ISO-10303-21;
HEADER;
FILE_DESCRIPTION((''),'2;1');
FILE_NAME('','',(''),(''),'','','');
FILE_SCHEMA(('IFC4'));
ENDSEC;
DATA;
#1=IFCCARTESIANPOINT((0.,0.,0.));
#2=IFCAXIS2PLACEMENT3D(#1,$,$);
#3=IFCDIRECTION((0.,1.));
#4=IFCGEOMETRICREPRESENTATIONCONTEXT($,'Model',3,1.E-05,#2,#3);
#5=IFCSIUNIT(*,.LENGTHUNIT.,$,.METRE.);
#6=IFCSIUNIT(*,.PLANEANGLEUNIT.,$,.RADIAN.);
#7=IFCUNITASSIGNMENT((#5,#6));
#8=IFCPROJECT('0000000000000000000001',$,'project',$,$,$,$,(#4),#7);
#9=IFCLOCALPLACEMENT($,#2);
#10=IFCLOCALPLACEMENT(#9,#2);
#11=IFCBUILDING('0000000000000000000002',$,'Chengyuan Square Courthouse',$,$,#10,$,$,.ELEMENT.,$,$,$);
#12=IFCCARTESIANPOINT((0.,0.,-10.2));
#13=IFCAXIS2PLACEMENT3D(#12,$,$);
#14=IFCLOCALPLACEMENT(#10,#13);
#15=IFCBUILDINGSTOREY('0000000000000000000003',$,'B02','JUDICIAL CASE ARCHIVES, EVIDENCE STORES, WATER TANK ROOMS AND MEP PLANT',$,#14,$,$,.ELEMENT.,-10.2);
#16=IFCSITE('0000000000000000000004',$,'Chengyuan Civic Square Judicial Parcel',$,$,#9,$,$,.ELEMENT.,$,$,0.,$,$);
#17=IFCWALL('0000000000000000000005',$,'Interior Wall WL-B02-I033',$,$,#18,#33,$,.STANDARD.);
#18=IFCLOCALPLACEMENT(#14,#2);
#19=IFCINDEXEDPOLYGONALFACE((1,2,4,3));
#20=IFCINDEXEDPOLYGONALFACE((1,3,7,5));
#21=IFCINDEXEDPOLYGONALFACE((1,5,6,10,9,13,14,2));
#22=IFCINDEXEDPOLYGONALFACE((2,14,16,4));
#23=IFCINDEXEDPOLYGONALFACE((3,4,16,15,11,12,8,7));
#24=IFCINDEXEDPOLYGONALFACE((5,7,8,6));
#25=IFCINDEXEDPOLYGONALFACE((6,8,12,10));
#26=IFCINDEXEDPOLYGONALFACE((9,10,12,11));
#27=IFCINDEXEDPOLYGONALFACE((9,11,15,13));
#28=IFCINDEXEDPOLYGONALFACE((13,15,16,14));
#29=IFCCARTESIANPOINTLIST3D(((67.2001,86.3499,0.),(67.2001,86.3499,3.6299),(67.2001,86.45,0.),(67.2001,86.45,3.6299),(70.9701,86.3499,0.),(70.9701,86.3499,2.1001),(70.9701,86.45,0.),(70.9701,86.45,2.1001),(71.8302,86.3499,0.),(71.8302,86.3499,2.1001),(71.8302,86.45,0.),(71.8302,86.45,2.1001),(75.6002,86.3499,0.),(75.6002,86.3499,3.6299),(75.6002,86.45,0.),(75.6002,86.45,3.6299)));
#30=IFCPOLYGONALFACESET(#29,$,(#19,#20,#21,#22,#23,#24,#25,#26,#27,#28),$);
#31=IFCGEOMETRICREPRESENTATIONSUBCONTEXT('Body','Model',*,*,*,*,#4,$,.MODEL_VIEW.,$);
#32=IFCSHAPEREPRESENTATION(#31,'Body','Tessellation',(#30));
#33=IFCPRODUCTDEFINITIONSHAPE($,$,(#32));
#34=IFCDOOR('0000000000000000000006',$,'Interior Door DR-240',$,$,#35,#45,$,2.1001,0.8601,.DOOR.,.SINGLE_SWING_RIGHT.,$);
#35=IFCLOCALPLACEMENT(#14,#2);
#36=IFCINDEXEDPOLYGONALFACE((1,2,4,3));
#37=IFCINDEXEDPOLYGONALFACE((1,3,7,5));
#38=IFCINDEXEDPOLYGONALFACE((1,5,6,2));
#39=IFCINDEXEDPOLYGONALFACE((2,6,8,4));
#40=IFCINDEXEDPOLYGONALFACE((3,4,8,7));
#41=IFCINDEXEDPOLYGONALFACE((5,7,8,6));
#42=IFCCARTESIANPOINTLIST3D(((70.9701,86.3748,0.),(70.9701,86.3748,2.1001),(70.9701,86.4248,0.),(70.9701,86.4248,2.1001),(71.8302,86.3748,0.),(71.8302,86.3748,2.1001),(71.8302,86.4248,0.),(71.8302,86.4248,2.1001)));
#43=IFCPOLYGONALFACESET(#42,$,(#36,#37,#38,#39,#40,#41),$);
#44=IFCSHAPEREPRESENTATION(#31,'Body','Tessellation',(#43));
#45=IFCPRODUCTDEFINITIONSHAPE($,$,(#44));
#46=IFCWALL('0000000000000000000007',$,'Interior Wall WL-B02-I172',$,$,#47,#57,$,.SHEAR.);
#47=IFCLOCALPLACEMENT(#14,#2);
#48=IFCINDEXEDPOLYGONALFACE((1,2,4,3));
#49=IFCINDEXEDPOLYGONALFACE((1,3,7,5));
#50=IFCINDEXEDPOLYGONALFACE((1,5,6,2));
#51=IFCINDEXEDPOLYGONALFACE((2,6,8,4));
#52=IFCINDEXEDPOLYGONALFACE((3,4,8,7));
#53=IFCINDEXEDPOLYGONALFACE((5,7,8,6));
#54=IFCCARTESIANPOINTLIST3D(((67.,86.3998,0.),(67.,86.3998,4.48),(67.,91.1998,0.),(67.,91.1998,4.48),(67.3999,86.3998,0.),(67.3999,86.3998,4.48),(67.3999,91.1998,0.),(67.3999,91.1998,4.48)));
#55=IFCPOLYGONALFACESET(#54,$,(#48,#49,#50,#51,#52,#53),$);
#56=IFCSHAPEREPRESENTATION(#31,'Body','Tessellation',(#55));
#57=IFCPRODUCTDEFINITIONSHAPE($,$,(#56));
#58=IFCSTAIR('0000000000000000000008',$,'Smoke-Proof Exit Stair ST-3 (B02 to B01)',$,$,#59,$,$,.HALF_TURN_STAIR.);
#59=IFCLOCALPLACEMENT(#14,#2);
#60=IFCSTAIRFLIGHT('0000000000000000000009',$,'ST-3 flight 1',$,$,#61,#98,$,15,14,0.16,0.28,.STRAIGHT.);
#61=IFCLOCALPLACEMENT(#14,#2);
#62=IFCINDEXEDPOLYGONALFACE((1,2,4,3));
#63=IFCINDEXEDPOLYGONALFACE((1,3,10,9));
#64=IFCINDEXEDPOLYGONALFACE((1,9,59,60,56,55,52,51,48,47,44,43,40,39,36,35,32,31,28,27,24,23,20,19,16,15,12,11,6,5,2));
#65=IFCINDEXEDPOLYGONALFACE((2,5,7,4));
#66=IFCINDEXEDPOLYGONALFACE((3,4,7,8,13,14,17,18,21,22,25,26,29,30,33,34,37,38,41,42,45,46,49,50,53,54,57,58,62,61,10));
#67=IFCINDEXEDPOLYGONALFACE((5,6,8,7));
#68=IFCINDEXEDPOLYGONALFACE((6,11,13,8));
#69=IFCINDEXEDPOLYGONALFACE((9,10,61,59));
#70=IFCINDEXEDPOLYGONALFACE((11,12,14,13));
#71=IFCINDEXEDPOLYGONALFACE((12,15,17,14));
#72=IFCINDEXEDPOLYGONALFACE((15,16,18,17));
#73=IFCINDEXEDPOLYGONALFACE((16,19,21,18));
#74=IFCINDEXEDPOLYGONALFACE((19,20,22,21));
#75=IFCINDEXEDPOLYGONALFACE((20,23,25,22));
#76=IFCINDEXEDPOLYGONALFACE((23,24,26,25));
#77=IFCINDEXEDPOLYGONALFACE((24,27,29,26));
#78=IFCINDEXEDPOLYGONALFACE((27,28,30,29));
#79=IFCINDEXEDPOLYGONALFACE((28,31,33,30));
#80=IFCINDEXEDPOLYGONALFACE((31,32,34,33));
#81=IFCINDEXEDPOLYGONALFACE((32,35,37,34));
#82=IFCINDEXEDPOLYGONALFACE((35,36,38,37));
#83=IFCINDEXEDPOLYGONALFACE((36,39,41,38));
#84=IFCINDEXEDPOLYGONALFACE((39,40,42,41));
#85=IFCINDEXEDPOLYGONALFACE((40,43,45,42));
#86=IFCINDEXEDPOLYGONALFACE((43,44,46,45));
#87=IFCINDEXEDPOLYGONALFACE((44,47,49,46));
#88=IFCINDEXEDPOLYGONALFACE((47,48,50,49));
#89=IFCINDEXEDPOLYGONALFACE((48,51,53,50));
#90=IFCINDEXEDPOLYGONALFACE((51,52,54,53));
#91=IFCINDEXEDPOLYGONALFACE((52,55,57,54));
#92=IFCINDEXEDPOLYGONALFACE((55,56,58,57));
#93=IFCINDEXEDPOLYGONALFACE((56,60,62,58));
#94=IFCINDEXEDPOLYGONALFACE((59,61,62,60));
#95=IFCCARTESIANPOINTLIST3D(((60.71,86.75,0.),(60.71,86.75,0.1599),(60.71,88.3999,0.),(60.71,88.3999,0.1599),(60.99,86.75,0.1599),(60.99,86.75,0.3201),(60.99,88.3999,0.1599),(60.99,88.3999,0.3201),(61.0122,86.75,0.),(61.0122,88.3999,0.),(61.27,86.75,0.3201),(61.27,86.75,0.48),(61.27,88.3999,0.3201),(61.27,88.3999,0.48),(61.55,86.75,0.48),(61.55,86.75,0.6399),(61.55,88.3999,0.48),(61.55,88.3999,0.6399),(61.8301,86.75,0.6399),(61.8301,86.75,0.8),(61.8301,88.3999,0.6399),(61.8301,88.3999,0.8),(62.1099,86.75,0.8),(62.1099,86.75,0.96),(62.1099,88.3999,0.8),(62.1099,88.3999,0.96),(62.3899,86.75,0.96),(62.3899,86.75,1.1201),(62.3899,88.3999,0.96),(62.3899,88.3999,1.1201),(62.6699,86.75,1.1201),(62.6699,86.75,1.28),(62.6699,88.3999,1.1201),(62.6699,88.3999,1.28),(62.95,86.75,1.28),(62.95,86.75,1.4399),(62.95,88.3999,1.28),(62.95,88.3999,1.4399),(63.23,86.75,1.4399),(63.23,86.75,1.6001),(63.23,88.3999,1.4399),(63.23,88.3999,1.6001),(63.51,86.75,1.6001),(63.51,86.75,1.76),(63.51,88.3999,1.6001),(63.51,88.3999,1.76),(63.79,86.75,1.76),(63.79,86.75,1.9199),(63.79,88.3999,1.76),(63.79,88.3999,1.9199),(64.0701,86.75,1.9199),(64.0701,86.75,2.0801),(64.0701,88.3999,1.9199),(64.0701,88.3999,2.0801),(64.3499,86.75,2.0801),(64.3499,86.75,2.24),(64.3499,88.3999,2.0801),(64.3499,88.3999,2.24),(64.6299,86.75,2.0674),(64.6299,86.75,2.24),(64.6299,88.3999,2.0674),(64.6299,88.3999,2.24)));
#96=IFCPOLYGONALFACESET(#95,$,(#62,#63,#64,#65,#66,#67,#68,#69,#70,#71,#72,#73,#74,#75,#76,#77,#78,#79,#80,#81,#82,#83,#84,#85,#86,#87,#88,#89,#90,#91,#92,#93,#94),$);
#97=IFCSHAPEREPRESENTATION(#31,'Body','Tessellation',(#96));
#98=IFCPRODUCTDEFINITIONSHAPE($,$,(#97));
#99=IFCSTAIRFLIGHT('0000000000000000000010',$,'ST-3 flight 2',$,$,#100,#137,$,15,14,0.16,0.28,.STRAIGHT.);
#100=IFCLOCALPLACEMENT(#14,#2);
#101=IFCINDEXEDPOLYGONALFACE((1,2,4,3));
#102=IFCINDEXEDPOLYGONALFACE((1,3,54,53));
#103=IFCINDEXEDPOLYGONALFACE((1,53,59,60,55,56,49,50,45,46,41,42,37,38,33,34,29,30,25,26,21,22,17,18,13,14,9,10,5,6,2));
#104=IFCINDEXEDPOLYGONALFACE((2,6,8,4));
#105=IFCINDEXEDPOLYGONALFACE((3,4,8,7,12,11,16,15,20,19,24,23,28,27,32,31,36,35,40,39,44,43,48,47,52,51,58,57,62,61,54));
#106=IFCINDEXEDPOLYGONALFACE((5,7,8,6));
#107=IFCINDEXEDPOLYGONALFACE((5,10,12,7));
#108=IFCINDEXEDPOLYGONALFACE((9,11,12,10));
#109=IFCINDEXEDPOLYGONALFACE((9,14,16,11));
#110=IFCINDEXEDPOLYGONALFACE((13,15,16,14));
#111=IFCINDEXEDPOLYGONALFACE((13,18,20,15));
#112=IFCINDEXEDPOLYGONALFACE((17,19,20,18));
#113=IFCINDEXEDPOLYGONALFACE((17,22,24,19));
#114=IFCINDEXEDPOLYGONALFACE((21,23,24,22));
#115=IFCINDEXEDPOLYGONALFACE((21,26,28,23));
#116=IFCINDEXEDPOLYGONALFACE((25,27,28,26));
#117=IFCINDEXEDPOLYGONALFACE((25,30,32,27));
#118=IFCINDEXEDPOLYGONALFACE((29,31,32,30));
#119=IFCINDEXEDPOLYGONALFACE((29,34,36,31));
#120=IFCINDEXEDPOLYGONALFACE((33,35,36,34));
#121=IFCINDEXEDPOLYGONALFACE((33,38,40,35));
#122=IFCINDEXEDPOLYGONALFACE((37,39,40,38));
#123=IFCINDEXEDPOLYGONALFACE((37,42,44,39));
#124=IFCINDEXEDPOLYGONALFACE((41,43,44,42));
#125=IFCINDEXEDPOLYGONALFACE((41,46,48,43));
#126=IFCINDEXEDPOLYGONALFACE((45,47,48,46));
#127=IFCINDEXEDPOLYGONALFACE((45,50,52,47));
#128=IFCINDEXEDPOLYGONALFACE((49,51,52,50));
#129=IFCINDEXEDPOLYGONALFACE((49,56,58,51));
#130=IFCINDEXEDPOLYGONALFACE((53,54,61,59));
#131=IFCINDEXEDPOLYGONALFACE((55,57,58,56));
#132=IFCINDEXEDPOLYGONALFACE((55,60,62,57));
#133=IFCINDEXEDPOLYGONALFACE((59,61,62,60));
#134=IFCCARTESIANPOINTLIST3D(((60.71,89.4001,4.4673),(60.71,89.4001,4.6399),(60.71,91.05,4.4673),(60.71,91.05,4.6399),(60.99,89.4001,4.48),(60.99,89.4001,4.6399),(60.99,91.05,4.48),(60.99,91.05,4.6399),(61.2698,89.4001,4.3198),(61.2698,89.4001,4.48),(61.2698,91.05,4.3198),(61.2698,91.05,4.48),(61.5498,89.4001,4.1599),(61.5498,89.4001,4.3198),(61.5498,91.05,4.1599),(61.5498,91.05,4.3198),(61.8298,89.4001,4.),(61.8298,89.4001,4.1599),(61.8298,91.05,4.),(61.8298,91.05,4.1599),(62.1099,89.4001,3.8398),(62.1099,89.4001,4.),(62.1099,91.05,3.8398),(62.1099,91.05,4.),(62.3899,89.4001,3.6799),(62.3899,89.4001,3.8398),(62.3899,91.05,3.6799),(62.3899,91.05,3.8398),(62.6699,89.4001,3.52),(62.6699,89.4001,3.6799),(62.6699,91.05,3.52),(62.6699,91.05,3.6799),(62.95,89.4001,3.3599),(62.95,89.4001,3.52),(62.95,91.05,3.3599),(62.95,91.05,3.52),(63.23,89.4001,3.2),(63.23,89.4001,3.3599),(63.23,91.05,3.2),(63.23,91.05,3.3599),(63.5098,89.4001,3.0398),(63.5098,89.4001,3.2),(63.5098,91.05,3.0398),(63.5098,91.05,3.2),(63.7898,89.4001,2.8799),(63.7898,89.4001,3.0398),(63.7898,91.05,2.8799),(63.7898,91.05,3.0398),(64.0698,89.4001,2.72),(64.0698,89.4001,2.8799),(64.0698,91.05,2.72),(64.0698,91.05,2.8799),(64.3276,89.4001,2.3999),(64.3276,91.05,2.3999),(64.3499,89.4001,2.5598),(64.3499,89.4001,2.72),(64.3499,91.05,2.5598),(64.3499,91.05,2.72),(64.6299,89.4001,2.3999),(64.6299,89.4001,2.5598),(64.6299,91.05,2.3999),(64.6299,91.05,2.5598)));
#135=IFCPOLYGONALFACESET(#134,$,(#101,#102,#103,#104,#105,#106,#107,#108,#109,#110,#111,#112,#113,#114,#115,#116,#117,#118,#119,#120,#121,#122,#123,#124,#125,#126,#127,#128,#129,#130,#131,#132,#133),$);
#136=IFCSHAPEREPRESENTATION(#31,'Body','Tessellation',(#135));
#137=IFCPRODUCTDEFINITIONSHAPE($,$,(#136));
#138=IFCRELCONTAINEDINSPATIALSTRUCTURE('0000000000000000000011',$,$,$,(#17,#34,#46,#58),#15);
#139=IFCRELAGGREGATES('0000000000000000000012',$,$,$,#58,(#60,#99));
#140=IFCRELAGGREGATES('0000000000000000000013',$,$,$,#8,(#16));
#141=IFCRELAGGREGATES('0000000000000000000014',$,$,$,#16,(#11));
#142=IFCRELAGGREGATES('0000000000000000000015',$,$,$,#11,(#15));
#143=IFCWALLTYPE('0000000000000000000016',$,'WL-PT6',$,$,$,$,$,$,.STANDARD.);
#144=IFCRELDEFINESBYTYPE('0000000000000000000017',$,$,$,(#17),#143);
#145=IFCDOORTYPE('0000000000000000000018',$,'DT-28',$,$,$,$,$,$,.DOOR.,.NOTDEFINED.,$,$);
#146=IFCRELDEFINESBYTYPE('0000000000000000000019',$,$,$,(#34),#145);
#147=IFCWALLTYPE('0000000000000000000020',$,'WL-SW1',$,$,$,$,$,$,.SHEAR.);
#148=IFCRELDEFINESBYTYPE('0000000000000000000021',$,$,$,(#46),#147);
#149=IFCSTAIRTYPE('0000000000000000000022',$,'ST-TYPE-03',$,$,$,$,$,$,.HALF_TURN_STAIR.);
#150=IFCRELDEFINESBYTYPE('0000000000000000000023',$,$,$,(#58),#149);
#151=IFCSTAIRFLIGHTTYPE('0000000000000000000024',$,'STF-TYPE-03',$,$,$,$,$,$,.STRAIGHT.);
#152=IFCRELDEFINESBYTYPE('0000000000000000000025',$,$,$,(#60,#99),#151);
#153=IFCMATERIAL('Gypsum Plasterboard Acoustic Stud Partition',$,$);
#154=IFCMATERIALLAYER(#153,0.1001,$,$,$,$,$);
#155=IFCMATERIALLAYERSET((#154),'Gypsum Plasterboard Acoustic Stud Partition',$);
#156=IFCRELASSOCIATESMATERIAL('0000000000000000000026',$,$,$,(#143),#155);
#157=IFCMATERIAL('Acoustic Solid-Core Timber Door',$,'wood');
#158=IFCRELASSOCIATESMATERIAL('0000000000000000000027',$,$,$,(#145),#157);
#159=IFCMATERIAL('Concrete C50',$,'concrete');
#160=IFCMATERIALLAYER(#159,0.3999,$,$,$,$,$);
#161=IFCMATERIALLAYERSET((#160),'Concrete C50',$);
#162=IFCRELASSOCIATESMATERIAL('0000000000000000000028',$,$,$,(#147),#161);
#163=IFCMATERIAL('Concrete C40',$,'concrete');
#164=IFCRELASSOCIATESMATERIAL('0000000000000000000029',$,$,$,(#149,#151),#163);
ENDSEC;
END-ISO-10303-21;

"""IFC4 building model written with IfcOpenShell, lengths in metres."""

from ifc_helpers import new_model, si_unit, direction, frame, frame_2d, origin, place, context, subcontext, project, spatial, polyline, rectangle, outline, extrude, material, layer, layer_set, type_object, element, fill, aggregate, save


model = new_model("IFC4")

# Units and contexts
model_context = context("Model", 3, precision=1e-05, world=origin(), true_north=direction((0.0, 1.0)))
body_context = subcontext(model_context, "Body", "Model", "MODEL_VIEW")
ifc_project = project(units=[si_unit("LENGTHUNIT", "METRE"), si_unit("PLANEANGLEUNIT", "RADIAN")], contexts=[model_context])

# Site, building, storey
site_placement = place(None, origin())
site = spatial("IfcSite", under=ifc_project, at=site_placement, Name="Chengyuan Civic Square Judicial Parcel", CompositionType="ELEMENT", RefElevation=0.0)
building_placement = place(site_placement, origin())
building = spatial("IfcBuilding", under=site, at=building_placement, Name="Chengyuan Square Courthouse", CompositionType="ELEMENT")
storey_placement = place(building_placement, frame((0.0, 0.0, -10.2)))
storey = spatial("IfcBuildingStorey", under=building, at=storey_placement, Name="B02", Description="JUDICIAL CASE ARCHIVES, EVIDENCE STORES, WATER TANK ROOMS AND MEP PLANT", CompositionType="ELEMENT", Elevation=-10.2)

# Shared definitions
ifc_material_1 = material(Name="Concrete C40", Category="concrete")

# Shared definitions
ifc_material_2 = material(Name="Concrete C50", Category="concrete")

# Wall, opening, door
ifc_material_3 = material(Name="Gypsum Plasterboard Acoustic Stud Partition")
ifc_layer_1 = layer(ifc_material_3, 0.1001)
ifc_layer_set_1 = layer_set([ifc_layer_1], Name="Gypsum Plasterboard Acoustic Stud Partition")
wall_type_1 = type_object("IfcWallType", Name="WL-PT6", PredefinedType="STANDARD", material=ifc_layer_set_1)
wall_1_placement = place(storey_placement, frame((67.2, 86.3999, 0.0), z_axis=(0.0, 0.0, 1.0), x_axis=(1.0, 0.0, 0.0)))
wall_1 = element("IfcWall", 1, at=wall_1_placement, inside=storey, type_object=wall_type_1, Name="Interior Wall WL-B02-I033", PredefinedType="STANDARD", context=body_context, shape_type="SweptSolid", body=[
    extrude(rectangle(XDim=8.4001, YDim=0.1001, at=frame_2d((4.2002, 0.0))), origin(), (0.0, 0.0, 1.0), 3.6299),
])
opening_1_placement = place(wall_1_placement, frame((3.77, 0.0, 0.0)))
opening_1 = element("IfcOpeningElement", 2, at=opening_1_placement, cuts=wall_1, PredefinedType="OPENING", context=body_context, shape_type="SweptSolid", body=[
    extrude(rectangle(XDim=0.8601, YDim=2.1001, at=frame_2d((0.4302, 1.05))), frame((0.0, 0.062, 0.0), z_axis=(0.0, -1.0, 0.0), x_axis=(1.0, 0.0, 0.0)), (0.0, 0.0, 1.0), 0.124),
])
ifc_material_4 = material(Name="Acoustic Solid-Core Timber Door", Category="wood")
door_type_1 = type_object("IfcDoorType", Name="DT-28", OperationType="NOTDEFINED", PredefinedType="DOOR", material=ifc_material_4)
door_1_placement = place(opening_1_placement, origin())
door_1 = element("IfcDoor", 3, at=door_1_placement, inside=storey, type_object=door_type_1, Name="Interior Door DR-240", OperationType="SINGLE_SWING_RIGHT", OverallHeight=2.1001, OverallWidth=0.8601, PredefinedType="DOOR", context=body_context, shape_type="SweptSolid", body=[
    extrude(rectangle(XDim=0.8601, YDim=2.1001, at=frame_2d((0.4302, 1.05))), frame((0.0, 0.0249, 0.0), z_axis=(0.0, -1.0, 0.0), x_axis=(1.0, 0.0, 0.0)), (0.0, 0.0, 1.0), 0.05),
])
fill(opening_1, door_1)

# Wall
ifc_layer_2 = layer(ifc_material_2, 0.3999)
ifc_layer_set_2 = layer_set([ifc_layer_2], Name="Concrete C50")
wall_type_2 = type_object("IfcWallType", Name="WL-SW1", PredefinedType="SHEAR", material=ifc_layer_set_2)
wall_2_placement = place(storey_placement, frame((67.2, 86.3999, 0.0), z_axis=(0.0, 0.0, 1.0), x_axis=(0.0, 1.0, 0.0)))
element("IfcWall", 4, at=wall_2_placement, inside=storey, type_object=wall_type_2, Name="Interior Wall WL-B02-I172", PredefinedType="SHEAR", context=body_context, shape_type="SweptSolid", body=[
    extrude(rectangle(XDim=4.8, YDim=0.3999, at=frame_2d((2.3999, 0.0))), origin(), (0.0, 0.0, 1.0), 4.48),
])

# Stair, stair flights
stair_type = type_object("IfcStairType", Name="ST-TYPE-03", PredefinedType="HALF_TURN_STAIR", material=ifc_material_1)
stair_placement = place(storey_placement, origin())
stair = element("IfcStair", 5, at=stair_placement, inside=storey, type_object=stair_type, Name="Smoke-Proof Exit Stair ST-3 (B02 to B01)", PredefinedType="HALF_TURN_STAIR")
stair_flight_type = type_object("IfcStairFlightType", Name="STF-TYPE-03", PredefinedType="STRAIGHT", material=ifc_material_1)
stair_flight_1_placement = place(storey_placement, frame((60.71, 87.575, 0.0), z_axis=(0.0, 0.0, 1.0), x_axis=(1.0, 0.0, 0.0)))
stair_flight_1 = element("IfcStairFlight", 6, at=stair_flight_1_placement, type_object=stair_flight_type, Name="ST-3 flight 1", NumberOfRisers=15, NumberOfTreads=14, PredefinedType="STRAIGHT", RiserHeight=0.16, TreadLength=0.28, context=body_context, shape_type="SweptSolid", body=[
    extrude(outline(polyline([(0.0, 0.0), (0.0, 0.1599), (0.28, 0.1599), (0.28, 0.3201), (0.5601, 0.3201), (0.5601, 0.48), (0.8401, 0.48), (0.8401, 0.6399), (1.1201, 0.6399), (1.1201, 0.8), (1.3999, 0.8), (1.3999, 0.96), (1.6799, 0.96), (1.6799, 1.1201), (1.96, 1.1201), (1.96, 1.28), (2.24, 1.28), (2.24, 1.4399), (2.52, 1.4399), (2.52, 1.6001), (2.8, 1.6001), (2.8, 1.76), (3.0801, 1.76), (3.0801, 1.9199), (3.3601, 1.9199), (3.3601, 2.0801), (3.6399, 2.0801), (3.6399, 2.24), (3.9199, 2.24), (3.9199, 2.3999), (3.9199, 2.0674), (0.3022, 0.0), (0.0, 0.0)])), frame((0.0, 0.825, 0.0), z_axis=(0.0, -1.0, 0.0), x_axis=(1.0, 0.0, 0.0)), (0.0, 0.0, 1.0), 1.6499),
])
stair_flight_2_placement = place(storey_placement, frame((64.6299, 90.2251, 2.3999), z_axis=(0.0, 0.0, 1.0), x_axis=(-1.0, 0.0, 0.0)))
stair_flight_2 = element("IfcStairFlight", 7, at=stair_flight_2_placement, type_object=stair_flight_type, Name="ST-3 flight 2", NumberOfRisers=15, NumberOfTreads=14, PredefinedType="STRAIGHT", RiserHeight=0.16, TreadLength=0.28, context=body_context, shape_type="SweptSolid", body=[
    extrude(outline(polyline([(0.0, 0.0), (0.0, 0.1599), (0.28, 0.1599), (0.28, 0.3201), (0.5601, 0.3201), (0.5601, 0.48), (0.8401, 0.48), (0.8401, 0.6399), (1.1201, 0.6399), (1.1201, 0.8), (1.3999, 0.8), (1.3999, 0.96), (1.6799, 0.96), (1.6799, 1.1201), (1.96, 1.1201), (1.96, 1.28), (2.24, 1.28), (2.24, 1.4399), (2.52, 1.4399), (2.52, 1.6001), (2.8, 1.6001), (2.8, 1.76), (3.0801, 1.76), (3.0801, 1.9199), (3.3601, 1.9199), (3.3601, 2.0801), (3.6399, 2.0801), (3.6399, 2.24), (3.9199, 2.24), (3.9199, 2.3999), (3.9199, 2.0674), (0.3022, 0.0), (0.0, 0.0)])), frame((0.0, 0.825, 0.0), z_axis=(0.0, -1.0, 0.0), x_axis=(1.0, 0.0, 0.0)), (0.0, 0.0, 1.0), 1.6499),
])
aggregate(stair, [stair_flight_1, stair_flight_2])

save(model, "model.ifc")
